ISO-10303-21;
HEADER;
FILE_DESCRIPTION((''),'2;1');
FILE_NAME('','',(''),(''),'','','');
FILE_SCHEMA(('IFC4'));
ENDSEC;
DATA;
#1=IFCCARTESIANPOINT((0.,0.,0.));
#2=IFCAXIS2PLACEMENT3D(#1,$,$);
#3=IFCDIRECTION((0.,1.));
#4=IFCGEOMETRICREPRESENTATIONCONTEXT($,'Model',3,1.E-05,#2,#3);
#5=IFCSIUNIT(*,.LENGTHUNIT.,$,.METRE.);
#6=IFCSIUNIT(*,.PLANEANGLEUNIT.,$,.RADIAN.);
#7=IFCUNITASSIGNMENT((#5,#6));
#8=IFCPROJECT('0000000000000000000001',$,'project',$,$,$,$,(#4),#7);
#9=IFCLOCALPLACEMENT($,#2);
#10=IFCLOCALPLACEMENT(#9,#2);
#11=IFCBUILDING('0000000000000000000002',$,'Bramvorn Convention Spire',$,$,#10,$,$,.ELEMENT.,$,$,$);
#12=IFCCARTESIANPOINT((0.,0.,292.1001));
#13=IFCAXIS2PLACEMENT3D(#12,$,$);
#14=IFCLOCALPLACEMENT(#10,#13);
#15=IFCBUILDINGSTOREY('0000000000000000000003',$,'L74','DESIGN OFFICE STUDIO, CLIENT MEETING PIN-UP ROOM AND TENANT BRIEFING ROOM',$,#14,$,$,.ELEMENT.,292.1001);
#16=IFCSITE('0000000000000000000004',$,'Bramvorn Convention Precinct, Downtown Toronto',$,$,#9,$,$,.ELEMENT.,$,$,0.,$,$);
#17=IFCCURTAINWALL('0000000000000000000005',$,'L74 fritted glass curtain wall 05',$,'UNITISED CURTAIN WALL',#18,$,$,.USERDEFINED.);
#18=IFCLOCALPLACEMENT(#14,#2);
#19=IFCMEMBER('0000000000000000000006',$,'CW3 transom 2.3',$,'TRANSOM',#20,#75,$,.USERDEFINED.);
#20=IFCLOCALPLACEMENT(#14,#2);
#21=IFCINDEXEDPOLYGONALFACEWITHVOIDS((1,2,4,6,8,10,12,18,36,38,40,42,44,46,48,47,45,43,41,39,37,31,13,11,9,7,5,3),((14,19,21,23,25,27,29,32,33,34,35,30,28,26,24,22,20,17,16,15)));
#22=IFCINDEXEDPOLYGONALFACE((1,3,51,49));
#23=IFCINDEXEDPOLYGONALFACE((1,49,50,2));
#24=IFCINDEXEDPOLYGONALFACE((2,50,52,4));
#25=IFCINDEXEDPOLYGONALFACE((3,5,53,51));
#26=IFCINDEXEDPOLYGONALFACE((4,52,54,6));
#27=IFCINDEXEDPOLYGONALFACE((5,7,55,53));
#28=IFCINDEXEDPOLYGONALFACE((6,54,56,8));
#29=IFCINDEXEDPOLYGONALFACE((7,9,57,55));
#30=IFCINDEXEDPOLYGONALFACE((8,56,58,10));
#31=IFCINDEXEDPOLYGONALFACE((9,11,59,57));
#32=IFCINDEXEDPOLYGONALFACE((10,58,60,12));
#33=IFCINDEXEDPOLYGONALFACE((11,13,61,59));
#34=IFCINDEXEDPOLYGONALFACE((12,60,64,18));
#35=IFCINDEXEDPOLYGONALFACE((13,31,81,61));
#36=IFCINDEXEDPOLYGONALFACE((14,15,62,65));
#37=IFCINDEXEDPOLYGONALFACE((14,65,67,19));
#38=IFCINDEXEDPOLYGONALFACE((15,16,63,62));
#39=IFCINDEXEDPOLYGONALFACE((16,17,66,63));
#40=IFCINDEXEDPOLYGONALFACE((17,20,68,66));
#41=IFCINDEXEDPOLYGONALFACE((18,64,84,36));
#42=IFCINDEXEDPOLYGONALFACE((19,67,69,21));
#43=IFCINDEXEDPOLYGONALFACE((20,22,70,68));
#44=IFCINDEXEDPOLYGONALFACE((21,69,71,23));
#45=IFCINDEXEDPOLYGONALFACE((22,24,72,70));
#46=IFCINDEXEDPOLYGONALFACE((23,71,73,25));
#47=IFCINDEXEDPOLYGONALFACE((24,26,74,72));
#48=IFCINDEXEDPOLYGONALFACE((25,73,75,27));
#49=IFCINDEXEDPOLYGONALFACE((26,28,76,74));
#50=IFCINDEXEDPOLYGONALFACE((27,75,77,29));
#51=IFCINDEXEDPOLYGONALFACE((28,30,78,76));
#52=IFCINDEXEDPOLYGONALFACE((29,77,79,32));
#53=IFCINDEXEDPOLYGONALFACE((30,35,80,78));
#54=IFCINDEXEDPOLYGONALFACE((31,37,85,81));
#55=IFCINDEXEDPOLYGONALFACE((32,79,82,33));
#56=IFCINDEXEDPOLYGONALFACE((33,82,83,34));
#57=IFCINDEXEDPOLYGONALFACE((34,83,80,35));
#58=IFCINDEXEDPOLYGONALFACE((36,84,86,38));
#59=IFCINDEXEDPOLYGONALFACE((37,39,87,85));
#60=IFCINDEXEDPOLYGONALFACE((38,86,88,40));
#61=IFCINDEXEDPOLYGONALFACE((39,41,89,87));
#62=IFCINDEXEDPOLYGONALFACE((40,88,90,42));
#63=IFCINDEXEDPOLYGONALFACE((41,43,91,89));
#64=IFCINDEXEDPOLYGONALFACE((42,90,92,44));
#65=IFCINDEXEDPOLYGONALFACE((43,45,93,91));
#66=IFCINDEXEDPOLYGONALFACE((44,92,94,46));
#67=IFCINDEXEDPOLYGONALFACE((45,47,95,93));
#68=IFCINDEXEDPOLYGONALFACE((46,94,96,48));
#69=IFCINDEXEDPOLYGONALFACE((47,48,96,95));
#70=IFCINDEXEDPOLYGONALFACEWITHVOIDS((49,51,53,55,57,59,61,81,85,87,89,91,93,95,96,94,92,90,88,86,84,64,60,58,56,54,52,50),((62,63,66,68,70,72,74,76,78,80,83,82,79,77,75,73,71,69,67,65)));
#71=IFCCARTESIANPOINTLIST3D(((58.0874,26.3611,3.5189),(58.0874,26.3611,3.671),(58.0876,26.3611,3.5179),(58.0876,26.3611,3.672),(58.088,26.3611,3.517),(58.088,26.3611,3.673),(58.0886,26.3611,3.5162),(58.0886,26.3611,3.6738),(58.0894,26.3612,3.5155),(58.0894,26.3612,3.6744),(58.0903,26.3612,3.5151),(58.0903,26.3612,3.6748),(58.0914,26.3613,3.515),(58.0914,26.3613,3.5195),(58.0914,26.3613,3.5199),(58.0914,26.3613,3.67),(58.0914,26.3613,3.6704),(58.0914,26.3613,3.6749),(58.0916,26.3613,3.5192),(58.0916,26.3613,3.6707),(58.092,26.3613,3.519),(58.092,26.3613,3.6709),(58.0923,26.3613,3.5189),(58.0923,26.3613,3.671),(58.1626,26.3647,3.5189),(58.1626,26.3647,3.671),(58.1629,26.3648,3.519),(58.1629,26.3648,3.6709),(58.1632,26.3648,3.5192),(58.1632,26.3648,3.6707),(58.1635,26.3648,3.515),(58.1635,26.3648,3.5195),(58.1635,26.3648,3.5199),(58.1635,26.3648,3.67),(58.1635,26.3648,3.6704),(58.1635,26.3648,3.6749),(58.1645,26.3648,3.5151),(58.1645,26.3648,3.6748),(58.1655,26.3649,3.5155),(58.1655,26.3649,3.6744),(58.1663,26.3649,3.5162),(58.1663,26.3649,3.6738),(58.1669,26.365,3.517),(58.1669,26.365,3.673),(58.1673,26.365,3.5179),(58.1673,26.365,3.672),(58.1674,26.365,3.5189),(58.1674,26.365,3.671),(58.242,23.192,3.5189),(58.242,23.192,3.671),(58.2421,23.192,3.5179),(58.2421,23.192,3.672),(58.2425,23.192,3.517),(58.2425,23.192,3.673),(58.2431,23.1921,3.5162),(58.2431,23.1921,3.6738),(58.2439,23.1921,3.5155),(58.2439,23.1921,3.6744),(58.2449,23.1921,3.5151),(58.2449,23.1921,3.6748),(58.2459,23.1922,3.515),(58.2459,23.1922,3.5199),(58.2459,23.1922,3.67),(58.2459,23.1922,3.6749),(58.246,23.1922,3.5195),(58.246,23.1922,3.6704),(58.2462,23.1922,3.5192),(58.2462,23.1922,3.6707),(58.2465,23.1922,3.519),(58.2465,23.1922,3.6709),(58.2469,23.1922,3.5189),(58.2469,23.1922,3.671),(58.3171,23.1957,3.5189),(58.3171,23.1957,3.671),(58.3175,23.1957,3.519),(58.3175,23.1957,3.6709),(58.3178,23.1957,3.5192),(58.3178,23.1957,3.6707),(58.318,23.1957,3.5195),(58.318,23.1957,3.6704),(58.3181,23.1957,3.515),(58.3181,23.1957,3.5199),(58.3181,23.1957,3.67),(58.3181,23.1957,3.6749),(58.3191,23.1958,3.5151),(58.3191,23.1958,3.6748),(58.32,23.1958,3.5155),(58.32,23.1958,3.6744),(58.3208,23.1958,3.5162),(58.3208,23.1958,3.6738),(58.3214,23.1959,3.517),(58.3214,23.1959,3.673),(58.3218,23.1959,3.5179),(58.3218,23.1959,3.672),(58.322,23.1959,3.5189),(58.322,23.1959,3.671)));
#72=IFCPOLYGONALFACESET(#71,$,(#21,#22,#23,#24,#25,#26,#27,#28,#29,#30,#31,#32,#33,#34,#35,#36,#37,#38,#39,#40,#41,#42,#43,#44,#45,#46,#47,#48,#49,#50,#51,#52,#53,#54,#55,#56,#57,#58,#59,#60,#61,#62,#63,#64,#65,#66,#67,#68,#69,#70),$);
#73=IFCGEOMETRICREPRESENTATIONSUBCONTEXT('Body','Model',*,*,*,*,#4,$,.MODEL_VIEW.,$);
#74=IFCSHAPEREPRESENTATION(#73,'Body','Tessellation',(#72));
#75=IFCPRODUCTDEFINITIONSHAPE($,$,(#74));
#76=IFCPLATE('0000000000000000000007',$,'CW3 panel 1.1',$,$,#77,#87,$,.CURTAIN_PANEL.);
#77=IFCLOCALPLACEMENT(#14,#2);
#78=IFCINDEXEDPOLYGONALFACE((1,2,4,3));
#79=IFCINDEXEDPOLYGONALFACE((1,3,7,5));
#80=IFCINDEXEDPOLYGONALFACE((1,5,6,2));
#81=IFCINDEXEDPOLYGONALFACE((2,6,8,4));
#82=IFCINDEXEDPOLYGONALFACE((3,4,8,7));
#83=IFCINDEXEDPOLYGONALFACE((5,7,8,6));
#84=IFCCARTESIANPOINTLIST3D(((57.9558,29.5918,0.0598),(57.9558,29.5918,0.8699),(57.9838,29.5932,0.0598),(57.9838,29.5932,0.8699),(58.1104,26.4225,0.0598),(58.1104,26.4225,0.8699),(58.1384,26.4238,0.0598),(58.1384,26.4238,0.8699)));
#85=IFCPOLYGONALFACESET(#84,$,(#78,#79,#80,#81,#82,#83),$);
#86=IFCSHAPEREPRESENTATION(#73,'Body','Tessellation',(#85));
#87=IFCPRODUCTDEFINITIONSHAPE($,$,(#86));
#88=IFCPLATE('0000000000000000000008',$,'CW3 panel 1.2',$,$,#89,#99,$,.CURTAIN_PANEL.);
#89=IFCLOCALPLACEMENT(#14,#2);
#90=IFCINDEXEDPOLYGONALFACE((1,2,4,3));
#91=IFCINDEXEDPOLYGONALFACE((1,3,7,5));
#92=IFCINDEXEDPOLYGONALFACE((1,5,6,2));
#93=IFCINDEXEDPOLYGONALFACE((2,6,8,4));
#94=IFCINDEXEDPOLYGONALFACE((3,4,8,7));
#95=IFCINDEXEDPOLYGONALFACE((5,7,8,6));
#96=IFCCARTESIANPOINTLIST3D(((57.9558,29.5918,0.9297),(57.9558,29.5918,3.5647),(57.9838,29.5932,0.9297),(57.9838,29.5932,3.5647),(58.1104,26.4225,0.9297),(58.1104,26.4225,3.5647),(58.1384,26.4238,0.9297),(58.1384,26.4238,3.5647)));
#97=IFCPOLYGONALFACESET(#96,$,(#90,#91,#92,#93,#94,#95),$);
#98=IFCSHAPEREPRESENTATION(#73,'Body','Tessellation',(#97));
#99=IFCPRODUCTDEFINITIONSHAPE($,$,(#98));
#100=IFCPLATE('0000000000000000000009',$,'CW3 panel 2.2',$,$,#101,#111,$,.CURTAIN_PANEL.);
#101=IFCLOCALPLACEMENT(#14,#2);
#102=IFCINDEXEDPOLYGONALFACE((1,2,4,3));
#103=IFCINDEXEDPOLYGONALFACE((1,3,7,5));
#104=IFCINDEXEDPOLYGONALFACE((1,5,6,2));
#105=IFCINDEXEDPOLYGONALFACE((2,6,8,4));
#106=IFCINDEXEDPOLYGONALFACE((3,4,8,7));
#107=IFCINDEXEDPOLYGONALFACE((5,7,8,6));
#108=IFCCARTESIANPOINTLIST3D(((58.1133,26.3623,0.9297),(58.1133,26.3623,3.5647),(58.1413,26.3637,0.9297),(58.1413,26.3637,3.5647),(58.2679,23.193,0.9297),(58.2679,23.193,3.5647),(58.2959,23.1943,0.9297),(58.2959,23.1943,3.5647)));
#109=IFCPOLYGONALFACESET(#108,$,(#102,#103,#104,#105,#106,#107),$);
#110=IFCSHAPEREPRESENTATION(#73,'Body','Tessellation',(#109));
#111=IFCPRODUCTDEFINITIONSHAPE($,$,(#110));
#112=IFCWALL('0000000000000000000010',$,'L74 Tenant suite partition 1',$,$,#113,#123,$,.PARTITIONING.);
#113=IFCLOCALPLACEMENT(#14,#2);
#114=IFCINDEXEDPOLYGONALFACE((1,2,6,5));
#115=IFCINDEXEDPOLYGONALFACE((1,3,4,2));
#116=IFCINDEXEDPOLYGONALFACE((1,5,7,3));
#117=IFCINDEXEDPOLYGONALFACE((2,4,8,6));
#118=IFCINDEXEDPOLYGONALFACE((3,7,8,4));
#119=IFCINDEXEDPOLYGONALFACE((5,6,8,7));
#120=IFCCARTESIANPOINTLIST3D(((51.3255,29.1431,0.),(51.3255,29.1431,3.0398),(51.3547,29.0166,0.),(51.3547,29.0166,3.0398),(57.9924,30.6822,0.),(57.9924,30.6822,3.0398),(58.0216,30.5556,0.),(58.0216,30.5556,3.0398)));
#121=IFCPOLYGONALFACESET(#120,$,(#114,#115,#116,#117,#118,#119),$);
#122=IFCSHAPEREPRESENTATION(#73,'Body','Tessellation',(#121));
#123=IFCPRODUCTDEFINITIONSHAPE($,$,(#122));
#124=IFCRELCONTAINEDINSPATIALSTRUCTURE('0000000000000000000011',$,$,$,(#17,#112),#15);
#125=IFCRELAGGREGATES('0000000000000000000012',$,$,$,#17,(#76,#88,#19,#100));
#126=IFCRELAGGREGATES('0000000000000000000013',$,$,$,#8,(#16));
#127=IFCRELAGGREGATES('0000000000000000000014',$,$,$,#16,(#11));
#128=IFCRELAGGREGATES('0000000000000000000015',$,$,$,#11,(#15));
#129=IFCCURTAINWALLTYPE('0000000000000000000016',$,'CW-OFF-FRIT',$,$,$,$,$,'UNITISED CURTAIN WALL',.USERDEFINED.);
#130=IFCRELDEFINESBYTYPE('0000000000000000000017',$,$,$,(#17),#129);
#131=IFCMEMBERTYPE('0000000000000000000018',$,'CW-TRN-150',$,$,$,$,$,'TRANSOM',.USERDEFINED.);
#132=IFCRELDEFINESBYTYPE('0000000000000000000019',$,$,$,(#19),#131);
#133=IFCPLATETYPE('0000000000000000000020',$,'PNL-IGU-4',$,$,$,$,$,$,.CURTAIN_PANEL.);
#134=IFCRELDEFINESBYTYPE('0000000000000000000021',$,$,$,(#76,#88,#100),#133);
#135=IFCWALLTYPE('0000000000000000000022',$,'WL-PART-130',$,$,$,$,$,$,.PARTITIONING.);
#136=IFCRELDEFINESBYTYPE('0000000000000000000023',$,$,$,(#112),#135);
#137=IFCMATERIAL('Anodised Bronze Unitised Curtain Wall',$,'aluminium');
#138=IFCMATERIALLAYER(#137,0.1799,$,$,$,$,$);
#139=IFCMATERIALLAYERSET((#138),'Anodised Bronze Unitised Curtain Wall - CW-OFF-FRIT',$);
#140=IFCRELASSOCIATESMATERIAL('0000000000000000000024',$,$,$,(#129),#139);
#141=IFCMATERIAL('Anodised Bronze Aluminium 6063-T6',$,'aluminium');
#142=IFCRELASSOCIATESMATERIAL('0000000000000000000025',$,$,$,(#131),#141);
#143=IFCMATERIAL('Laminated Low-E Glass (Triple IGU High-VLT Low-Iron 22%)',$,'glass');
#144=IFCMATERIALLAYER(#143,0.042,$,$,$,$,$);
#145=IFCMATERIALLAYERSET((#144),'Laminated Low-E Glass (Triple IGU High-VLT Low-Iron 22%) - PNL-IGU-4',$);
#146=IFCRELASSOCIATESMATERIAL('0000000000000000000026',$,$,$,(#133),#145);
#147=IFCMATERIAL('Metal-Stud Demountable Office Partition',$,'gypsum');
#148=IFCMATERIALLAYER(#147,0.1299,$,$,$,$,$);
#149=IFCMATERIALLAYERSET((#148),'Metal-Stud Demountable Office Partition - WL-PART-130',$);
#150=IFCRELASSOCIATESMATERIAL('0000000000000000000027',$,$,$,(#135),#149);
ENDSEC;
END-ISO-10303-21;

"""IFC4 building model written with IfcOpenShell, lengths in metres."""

from ifc_helpers import new_model, si_unit, direction, frame, frame_2d, origin, origin_2d, place, context, subcontext, project, spatial, rectangle, hollow_rectangle, extrude, material, layer, layer_set, material_profile, profile_set, type_object, element, aggregate, save


model = new_model("IFC4")

# Units and contexts
model_context = context("Model", 3, precision=1e-05, world=origin(), true_north=direction((0.0, 1.0)))
body_context = subcontext(model_context, "Body", "Model", "MODEL_VIEW")
ifc_project = project(units=[si_unit("LENGTHUNIT", "METRE"), si_unit("PLANEANGLEUNIT", "RADIAN")], contexts=[model_context])

# Site, building, storey
site_placement = place(None, origin())
site = spatial("IfcSite", under=ifc_project, at=site_placement, Name="Bramvorn Convention Precinct, Downtown Toronto", CompositionType="ELEMENT", RefElevation=0.0)
building_placement = place(site_placement, origin())
building = spatial("IfcBuilding", under=site, at=building_placement, Name="Bramvorn Convention Spire", CompositionType="ELEMENT")
storey_placement = place(building_placement, frame((0.0, 0.0, 292.1001)))
storey = spatial("IfcBuildingStorey", under=building, at=storey_placement, Name="L74", Description="DESIGN OFFICE STUDIO, CLIENT MEETING PIN-UP ROOM AND TENANT BRIEFING ROOM", CompositionType="ELEMENT", Elevation=292.1001)

# Curtain wall
ifc_material_1 = material(Name="Anodised Bronze Unitised Curtain Wall", Category="aluminium")
ifc_layer_1 = layer(ifc_material_1, 0.1799)
ifc_layer_set_1 = layer_set([ifc_layer_1], Name="Anodised Bronze Unitised Curtain Wall - CW-OFF-FRIT")
curtain_wall_type = type_object("IfcCurtainWallType", Name="CW-OFF-FRIT", ElementType="UNITISED CURTAIN WALL", PredefinedType="USERDEFINED", material=ifc_layer_set_1)
curtain_wall_1_placement = place(storey_placement, origin())
curtain_wall_1 = element("IfcCurtainWall", 1, at=curtain_wall_1_placement, inside=storey, type_object=curtain_wall_type, Name="L74 fritted glass curtain wall 05", ObjectType="UNITISED CURTAIN WALL", PredefinedType="USERDEFINED")
ifc_material_2 = material(Name="Anodised Bronze Aluminium 6063-T6", Category="aluminium")

# Member
ifc_material_profile_1 = material_profile(ifc_material_2, hollow_rectangle(XDim=0.0801, YDim=0.1599, WallThickness=0.0039, InnerFilletRadius=0.001, OuterFilletRadius=0.0039, at=origin_2d()))
ifc_profile_set_1 = profile_set([ifc_material_profile_1], Name="Anodised Bronze Aluminium 6063-T6 - CWT80X160")
member_type_1 = type_object("IfcMemberType", Name="CW-TRN-150", ElementType="TRANSOM", PredefinedType="USERDEFINED", material=ifc_profile_set_1)
member_1_placement = place(storey_placement, frame((58.1274, 26.363, 3.595), z_axis=(0.048706, -0.998813, 0.0), x_axis=(0.998813, 0.048706, 0.0)))
member_1 = element("IfcMember", 2, at=member_1_placement, type_object=member_type_1, Name="CW3 transom 2.3", ObjectType="TRANSOM", PredefinedType="USERDEFINED", context=body_context, shape_type="SweptSolid", body=[
    extrude(hollow_rectangle(XDim=0.0801, YDim=0.1599, WallThickness=0.0039, InnerFilletRadius=0.001, OuterFilletRadius=0.0039, at=origin_2d()), origin(), (0.0, 0.0, 1.0), 3.1729),
])

# Plates
ifc_material_3 = material(Name="Laminated Low-E Glass (Triple IGU High-VLT Low-Iron 22%)", Category="glass")
ifc_layer_2 = layer(ifc_material_3, 0.042)
ifc_layer_set_2 = layer_set([ifc_layer_2], Name="Laminated Low-E Glass (Triple IGU High-VLT Low-Iron 22%) - PNL-IGU-4")
plate_type = type_object("IfcPlateType", Name="PNL-IGU-4", PredefinedType="CURTAIN_PANEL", material=ifc_layer_set_2)
plate_1_placement = place(storey_placement, frame((58.0471, 28.0078, 0.0598), z_axis=(0.0, 0.0, 1.0), x_axis=(0.048726, -0.998812, 0.0)))
plate_1 = element("IfcPlate", 3, at=plate_1_placement, type_object=plate_type, Name="CW3 panel 1.1", PredefinedType="CURTAIN_PANEL", context=body_context, shape_type="SweptSolid", body=[
    extrude(rectangle(XDim=3.1731, YDim=0.0281, at=origin_2d()), origin(), (0.0, 0.0, 1.0), 0.8101),
])
plate_2_placement = place(storey_placement, frame((58.0471, 28.0078, 0.9297), z_axis=(0.0, 0.0, 1.0), x_axis=(0.048726, -0.998812, 0.0)))
plate_2 = element("IfcPlate", 4, at=plate_2_placement, type_object=plate_type, Name="CW3 panel 1.2", PredefinedType="CURTAIN_PANEL", context=body_context, shape_type="SweptSolid", body=[
    extrude(rectangle(XDim=3.1731, YDim=0.0281, at=origin_2d()), origin(), (0.0, 0.0, 1.0), 2.635),
])
plate_3_placement = place(storey_placement, frame((58.2046, 24.7783, 0.9297), z_axis=(0.0, 0.0, 1.0), x_axis=(0.048726, -0.998812, 0.0)))
plate_3 = element("IfcPlate", 5, at=plate_3_placement, type_object=plate_type, Name="CW3 panel 2.2", PredefinedType="CURTAIN_PANEL", context=body_context, shape_type="SweptSolid", body=[
    extrude(rectangle(XDim=3.1731, YDim=0.0281, at=origin_2d()), origin(), (0.0, 0.0, 1.0), 2.635),
])
aggregate(curtain_wall_1, [plate_1, plate_2, member_1, plate_3])

# Wall
ifc_material_4 = material(Name="Metal-Stud Demountable Office Partition", Category="gypsum")
ifc_layer_3 = layer(ifc_material_4, 0.1299)
ifc_layer_set_3 = layer_set([ifc_layer_3], Name="Metal-Stud Demountable Office Partition - WL-PART-130")
wall_type = type_object("IfcWallType", Name="WL-PART-130", PredefinedType="PARTITIONING", material=ifc_layer_set_3)
wall_placement = place(storey_placement, frame((51.3401, 29.0798, 0.0), z_axis=(0.0, 0.0, 1.0), x_axis=(0.974374, 0.224932, 0.0)))
element("IfcWall", 6, at=wall_placement, inside=storey, type_object=wall_type, Name="L74 Tenant suite partition 1", PredefinedType="PARTITIONING", context=body_context, shape_type="SweptSolid", body=[
    extrude(rectangle(XDim=6.8423, YDim=0.1299, at=frame_2d((3.4211, 0.0))), origin(), (0.0, 0.0, 1.0), 3.0398),
])

save(model, "model.ifc")
